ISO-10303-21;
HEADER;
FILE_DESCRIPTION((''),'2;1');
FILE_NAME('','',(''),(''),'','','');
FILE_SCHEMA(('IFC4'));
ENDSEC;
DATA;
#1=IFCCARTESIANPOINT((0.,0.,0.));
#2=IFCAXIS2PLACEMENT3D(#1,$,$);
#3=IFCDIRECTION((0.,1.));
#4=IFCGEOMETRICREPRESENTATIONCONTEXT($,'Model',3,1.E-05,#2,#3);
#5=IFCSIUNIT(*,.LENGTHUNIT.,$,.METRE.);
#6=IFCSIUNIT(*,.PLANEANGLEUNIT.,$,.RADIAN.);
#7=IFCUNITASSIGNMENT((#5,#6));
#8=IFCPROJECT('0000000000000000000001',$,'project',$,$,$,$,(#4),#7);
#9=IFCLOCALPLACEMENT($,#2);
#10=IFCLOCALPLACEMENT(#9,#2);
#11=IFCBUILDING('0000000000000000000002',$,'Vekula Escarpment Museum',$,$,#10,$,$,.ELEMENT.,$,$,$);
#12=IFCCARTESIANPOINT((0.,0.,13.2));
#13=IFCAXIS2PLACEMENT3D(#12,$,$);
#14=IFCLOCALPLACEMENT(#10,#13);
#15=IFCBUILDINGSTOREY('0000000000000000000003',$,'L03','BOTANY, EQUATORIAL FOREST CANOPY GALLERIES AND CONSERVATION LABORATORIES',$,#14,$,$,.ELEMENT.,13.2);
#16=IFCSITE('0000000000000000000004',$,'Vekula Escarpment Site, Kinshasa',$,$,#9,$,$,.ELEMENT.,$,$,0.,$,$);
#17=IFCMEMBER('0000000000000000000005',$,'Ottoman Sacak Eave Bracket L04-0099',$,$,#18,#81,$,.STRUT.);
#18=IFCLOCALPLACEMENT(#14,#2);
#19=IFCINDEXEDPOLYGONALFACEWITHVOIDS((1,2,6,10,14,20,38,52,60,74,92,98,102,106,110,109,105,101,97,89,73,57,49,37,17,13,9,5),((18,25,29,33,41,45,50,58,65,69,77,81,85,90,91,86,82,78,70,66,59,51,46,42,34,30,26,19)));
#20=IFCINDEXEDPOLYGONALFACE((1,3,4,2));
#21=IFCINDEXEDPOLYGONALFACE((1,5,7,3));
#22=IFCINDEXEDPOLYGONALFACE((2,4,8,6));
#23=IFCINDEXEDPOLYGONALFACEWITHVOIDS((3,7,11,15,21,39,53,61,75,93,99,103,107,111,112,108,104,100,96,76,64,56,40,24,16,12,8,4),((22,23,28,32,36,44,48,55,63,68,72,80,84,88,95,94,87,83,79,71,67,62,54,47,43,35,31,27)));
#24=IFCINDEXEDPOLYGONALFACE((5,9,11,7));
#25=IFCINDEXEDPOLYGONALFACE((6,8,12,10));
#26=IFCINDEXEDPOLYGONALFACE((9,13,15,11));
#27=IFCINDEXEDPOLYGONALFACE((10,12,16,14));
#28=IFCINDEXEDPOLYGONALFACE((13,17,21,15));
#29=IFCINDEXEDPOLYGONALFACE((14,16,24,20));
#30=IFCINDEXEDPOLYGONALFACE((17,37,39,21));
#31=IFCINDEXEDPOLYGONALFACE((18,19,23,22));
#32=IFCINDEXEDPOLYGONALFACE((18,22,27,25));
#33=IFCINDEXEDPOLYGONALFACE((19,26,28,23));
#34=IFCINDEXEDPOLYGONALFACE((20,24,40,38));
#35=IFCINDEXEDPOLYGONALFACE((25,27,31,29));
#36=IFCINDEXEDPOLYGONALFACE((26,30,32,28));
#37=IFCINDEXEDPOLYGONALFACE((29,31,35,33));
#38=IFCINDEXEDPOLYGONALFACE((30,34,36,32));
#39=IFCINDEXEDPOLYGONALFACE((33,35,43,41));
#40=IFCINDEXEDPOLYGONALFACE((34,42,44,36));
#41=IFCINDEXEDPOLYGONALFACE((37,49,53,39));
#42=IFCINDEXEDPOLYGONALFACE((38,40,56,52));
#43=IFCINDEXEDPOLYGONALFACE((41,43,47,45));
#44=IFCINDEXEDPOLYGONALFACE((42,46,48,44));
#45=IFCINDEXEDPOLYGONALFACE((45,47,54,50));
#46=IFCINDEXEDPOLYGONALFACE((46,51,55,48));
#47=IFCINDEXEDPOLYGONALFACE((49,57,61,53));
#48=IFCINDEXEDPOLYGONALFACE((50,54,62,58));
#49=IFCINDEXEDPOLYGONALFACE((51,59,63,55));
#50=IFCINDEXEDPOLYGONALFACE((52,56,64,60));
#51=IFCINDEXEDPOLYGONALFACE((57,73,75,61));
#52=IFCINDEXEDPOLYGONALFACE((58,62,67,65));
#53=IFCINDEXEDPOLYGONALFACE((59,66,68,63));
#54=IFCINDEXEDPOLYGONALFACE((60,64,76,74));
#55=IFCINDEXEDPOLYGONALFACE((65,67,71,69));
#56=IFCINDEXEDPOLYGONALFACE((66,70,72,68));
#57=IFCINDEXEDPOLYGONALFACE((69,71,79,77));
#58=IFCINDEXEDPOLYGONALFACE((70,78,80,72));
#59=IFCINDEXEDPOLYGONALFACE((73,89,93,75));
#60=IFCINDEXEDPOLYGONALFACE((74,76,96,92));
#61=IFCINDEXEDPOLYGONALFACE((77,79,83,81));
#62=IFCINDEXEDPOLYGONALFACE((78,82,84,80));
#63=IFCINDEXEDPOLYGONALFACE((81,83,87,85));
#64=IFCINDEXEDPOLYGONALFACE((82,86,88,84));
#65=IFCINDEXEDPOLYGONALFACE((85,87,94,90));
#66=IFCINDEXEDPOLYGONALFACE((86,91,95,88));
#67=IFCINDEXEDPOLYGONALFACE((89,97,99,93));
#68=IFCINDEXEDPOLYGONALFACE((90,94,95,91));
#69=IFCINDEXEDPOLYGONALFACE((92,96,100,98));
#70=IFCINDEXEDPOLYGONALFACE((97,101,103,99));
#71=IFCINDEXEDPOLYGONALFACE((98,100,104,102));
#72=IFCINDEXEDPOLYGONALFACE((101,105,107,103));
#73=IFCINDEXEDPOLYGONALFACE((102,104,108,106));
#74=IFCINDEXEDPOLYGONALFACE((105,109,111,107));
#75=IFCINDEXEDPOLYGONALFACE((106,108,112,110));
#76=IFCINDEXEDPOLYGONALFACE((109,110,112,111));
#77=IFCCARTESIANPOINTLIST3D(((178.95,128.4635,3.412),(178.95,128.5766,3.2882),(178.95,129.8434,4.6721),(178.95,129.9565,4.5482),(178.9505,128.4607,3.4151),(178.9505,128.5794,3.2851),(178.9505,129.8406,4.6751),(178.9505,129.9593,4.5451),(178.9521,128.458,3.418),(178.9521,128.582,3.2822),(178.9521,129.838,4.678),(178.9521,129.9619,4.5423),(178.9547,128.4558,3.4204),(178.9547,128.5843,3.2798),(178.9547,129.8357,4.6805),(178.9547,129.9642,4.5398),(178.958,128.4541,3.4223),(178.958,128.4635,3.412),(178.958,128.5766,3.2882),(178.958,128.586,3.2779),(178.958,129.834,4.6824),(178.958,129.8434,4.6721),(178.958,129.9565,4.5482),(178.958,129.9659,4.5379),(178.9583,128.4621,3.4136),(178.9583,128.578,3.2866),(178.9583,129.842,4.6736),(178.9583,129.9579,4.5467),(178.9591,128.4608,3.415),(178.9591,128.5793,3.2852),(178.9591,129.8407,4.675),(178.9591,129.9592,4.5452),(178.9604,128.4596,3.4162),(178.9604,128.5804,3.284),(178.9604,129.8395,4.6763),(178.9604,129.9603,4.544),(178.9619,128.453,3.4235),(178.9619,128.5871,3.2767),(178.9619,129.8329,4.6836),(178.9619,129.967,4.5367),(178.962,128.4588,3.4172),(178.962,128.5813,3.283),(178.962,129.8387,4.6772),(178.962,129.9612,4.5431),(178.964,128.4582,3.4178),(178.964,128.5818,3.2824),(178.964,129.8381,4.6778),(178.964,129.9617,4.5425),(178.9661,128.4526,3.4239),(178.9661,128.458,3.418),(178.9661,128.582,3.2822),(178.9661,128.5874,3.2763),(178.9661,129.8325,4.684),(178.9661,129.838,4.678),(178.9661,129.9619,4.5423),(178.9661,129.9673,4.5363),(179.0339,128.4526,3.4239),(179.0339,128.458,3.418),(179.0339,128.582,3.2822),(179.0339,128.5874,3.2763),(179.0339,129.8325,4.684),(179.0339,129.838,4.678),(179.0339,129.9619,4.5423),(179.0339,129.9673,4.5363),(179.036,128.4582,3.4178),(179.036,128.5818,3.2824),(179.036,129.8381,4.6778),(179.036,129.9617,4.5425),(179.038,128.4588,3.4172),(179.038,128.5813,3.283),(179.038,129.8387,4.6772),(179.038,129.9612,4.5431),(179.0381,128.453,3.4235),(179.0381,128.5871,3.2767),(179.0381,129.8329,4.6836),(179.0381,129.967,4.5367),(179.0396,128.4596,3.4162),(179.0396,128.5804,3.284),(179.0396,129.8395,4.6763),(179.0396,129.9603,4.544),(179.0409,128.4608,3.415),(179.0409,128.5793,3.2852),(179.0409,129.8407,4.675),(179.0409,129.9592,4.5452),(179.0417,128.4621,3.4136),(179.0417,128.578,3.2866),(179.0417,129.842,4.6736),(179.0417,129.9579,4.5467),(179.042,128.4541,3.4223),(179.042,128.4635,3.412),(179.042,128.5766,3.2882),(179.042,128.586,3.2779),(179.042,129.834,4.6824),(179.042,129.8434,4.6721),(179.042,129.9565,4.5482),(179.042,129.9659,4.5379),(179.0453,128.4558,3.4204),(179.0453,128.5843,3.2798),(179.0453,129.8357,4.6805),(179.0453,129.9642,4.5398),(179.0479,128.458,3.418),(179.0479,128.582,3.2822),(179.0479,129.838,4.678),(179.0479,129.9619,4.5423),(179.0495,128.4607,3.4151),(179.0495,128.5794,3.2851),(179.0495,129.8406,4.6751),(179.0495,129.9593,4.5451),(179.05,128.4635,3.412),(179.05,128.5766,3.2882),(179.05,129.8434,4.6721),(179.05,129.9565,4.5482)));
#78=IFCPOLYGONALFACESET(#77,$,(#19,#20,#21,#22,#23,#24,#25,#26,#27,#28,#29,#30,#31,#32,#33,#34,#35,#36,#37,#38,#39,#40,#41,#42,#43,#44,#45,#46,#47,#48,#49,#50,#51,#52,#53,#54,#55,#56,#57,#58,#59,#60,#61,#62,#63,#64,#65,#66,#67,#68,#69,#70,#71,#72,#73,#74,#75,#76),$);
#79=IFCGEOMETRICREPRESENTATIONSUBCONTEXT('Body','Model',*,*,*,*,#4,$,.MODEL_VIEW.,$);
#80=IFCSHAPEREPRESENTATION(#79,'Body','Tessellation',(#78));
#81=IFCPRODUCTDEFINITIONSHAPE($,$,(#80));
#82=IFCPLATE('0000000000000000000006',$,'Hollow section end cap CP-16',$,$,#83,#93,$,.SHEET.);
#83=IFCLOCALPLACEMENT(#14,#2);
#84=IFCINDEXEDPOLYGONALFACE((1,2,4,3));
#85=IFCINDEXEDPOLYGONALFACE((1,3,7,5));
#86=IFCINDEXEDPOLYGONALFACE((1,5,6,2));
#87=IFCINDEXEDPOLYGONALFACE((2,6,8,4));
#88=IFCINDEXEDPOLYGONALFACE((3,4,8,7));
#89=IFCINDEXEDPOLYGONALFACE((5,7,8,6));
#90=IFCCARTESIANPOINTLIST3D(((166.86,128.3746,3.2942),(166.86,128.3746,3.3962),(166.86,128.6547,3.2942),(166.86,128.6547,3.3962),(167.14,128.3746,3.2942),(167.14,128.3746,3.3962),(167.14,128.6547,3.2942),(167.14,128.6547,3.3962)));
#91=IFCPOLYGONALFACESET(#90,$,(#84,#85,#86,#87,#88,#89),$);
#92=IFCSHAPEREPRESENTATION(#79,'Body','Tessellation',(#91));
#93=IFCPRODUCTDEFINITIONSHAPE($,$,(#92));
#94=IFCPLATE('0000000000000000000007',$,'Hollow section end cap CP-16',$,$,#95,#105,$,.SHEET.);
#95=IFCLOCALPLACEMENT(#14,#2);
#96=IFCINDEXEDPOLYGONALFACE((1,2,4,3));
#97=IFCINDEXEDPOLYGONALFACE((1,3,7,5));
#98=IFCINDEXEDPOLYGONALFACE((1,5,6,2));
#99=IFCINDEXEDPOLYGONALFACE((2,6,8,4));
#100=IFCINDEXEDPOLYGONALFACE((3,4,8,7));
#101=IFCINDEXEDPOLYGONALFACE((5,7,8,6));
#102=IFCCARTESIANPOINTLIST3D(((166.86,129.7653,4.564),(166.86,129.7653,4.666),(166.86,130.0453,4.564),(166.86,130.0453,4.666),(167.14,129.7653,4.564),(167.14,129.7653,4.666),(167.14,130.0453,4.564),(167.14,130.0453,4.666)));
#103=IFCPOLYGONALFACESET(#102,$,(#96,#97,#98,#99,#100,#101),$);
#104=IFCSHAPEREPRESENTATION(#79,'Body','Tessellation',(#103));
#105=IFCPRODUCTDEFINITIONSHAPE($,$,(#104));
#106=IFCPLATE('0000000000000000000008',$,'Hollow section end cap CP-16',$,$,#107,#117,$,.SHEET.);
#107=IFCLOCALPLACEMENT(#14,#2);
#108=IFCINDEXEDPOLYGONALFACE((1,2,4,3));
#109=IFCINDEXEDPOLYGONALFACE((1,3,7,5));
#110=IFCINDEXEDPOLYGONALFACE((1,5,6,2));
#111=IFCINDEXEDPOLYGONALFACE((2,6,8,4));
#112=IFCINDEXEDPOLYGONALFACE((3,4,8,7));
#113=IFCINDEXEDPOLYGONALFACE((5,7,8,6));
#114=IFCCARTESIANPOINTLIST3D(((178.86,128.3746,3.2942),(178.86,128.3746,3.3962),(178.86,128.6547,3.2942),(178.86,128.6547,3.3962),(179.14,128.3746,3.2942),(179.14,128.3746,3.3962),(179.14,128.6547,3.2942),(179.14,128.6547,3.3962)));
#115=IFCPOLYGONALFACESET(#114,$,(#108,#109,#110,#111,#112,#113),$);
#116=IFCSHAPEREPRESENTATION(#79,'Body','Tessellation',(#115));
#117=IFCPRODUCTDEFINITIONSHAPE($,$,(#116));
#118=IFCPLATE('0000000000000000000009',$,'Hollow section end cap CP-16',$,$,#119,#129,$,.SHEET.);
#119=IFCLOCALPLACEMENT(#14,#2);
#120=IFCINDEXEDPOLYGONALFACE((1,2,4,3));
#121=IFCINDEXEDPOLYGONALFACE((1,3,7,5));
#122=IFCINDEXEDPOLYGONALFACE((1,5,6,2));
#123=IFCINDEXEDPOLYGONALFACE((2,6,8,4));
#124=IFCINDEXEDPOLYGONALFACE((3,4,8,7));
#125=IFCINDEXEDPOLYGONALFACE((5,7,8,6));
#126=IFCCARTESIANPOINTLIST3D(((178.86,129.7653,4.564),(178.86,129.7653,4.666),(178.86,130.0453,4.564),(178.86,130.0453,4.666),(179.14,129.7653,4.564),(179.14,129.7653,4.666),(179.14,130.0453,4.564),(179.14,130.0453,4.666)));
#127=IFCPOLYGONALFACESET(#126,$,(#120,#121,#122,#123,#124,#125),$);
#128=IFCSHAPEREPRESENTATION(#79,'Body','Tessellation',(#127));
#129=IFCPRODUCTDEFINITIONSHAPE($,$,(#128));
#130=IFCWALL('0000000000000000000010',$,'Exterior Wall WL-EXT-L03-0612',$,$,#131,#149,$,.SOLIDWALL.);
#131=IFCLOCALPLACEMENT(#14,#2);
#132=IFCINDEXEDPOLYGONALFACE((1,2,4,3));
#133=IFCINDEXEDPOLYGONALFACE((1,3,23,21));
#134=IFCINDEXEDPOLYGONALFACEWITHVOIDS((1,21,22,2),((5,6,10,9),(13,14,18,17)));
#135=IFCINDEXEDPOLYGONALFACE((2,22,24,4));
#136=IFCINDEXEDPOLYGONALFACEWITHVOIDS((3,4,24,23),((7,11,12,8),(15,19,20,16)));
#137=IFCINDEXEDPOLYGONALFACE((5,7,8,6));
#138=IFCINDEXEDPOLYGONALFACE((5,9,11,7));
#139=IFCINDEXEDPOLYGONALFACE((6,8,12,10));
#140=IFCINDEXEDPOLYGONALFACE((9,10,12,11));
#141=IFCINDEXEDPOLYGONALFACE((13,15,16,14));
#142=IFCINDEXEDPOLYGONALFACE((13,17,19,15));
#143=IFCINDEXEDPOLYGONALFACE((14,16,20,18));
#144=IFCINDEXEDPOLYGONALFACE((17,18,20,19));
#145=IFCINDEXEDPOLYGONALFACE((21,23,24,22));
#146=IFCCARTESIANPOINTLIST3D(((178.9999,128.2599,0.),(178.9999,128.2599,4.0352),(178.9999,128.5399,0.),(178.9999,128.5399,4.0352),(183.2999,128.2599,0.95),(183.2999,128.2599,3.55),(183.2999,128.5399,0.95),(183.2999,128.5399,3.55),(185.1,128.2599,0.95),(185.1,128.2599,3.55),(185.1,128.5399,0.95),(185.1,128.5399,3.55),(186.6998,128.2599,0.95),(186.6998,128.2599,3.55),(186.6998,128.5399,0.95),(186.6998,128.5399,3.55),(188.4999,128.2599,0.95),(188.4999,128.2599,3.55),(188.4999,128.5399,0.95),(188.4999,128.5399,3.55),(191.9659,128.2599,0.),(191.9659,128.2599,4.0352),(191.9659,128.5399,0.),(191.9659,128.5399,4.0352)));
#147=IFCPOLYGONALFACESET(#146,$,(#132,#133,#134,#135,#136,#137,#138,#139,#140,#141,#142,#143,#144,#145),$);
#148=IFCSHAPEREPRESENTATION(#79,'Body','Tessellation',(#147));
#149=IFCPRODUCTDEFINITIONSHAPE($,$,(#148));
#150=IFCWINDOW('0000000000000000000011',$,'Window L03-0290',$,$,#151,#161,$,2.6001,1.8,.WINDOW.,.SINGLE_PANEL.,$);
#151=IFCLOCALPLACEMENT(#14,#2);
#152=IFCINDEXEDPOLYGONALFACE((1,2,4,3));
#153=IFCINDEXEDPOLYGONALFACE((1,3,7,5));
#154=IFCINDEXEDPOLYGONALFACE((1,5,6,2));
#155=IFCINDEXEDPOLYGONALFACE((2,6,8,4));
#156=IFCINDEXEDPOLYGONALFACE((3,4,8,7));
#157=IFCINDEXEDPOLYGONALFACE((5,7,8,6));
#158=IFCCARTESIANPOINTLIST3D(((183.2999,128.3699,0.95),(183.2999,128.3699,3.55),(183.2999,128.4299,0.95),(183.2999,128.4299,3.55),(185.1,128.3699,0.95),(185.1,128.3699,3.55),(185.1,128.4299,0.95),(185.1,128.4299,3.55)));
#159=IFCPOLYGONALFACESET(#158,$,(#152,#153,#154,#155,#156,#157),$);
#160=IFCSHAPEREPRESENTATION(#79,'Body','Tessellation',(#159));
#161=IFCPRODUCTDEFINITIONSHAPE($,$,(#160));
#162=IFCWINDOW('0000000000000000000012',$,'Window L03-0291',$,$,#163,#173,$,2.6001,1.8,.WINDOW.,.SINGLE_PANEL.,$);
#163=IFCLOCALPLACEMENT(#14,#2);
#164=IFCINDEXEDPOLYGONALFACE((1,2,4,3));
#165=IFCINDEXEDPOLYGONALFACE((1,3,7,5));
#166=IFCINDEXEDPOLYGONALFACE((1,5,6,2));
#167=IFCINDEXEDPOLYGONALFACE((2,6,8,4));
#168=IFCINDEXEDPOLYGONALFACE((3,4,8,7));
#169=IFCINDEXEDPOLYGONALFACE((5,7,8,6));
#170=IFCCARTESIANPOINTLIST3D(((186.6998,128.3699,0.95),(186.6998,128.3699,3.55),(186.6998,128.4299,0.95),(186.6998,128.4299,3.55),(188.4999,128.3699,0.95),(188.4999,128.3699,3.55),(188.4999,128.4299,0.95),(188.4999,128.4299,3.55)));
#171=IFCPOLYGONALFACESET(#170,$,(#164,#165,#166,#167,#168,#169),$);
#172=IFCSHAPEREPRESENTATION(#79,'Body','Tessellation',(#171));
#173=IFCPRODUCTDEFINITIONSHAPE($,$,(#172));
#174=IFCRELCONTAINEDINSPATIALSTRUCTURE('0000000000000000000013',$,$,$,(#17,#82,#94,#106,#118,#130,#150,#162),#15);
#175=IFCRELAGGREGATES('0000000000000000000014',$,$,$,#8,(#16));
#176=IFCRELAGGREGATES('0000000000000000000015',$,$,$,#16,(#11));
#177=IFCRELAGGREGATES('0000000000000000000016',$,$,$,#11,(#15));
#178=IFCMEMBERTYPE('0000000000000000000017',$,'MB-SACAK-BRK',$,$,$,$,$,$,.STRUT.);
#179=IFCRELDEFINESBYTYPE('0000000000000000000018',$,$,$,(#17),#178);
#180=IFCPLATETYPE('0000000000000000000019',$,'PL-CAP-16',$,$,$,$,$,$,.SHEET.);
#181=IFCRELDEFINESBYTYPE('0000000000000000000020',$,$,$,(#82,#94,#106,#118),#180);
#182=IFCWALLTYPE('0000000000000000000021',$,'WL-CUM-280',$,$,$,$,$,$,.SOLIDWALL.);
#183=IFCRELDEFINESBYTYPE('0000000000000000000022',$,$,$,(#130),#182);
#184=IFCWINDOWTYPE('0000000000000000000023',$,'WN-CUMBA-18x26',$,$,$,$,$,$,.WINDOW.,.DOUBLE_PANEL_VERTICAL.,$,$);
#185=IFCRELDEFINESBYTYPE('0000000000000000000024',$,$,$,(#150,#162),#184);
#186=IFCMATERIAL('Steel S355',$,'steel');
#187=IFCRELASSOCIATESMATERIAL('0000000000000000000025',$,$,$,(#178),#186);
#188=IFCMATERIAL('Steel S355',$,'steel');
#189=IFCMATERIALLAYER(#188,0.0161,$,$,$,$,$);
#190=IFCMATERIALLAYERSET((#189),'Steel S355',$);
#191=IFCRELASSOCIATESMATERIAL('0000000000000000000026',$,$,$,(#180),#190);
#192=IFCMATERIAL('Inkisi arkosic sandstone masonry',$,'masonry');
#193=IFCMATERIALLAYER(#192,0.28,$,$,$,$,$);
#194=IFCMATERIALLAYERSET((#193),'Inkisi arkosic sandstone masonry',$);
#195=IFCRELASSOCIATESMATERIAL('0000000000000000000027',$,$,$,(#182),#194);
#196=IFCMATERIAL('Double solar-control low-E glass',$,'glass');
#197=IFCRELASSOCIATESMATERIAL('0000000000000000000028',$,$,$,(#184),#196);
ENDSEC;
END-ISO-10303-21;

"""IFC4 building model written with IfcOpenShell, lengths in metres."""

from ifc_helpers import new_model, si_unit, direction, frame, frame_2d, origin, origin_2d, place, context, subcontext, project, spatial, rectangle, hollow_rectangle, extrude, material, layer, layer_set, material_profile, profile_set, type_object, element, fill, save


model = new_model("IFC4")

# Units and contexts
model_context = context("Model", 3, precision=1e-05, world=origin(), true_north=direction((0.0, 1.0)))
body_context = subcontext(model_context, "Body", "Model", "MODEL_VIEW")
ifc_project = project(units=[si_unit("LENGTHUNIT", "METRE"), si_unit("PLANEANGLEUNIT", "RADIAN")], contexts=[model_context])

# Site, building, storey
site_placement = place(None, origin())
site = spatial("IfcSite", under=ifc_project, at=site_placement, Name="Vekula Escarpment Site, Kinshasa", CompositionType="ELEMENT", RefElevation=0.0)
building_placement = place(site_placement, origin())
building = spatial("IfcBuilding", under=site, at=building_placement, Name="Vekula Escarpment Museum", CompositionType="ELEMENT")
storey_placement = place(building_placement, frame((0.0, 0.0, 13.2)))
storey = spatial("IfcBuildingStorey", under=building, at=storey_placement, Name="L03", Description="BOTANY, EQUATORIAL FOREST CANOPY GALLERIES AND CONSERVATION LABORATORIES", CompositionType="ELEMENT", Elevation=13.2)

# Member
ifc_material_1 = material(Name="Steel S355", Category="steel")
ifc_material_profile_1 = material_profile(ifc_material_1, hollow_rectangle(XDim=0.1001, YDim=0.2, WallThickness=0.0081, InnerFilletRadius=0.0081, OuterFilletRadius=0.0161, at=origin_2d()), Name="RHS 200x100x8")
ifc_profile_set_1 = profile_set([ifc_material_profile_1], Name="Steel S355")
member_type = type_object("IfcMemberType", Name="MB-SACAK-BRK", PredefinedType="STRUT", material=ifc_profile_set_1)
for number, where, z_axis, x_axis, name in (
    (1, (179.0, 128.52, 3.3501), (0.0, 0.738454, 0.674303), (-1.0, 0.0, 0.0), "Ottoman Sacak Eave Bracket L04-0099"),
):
    element("IfcMember", number, at=place(storey_placement, frame(where, z_axis=z_axis, x_axis=x_axis)), inside=storey, type_object=member_type, Name=name, PredefinedType="STRUT", context=body_context, shape_type="SweptSolid", body=[
        extrude(hollow_rectangle(XDim=0.1001, YDim=0.2, WallThickness=0.0081, InnerFilletRadius=0.0081, OuterFilletRadius=0.0161, at=origin_2d()), origin(), (0.0, 0.0, 1.0), 1.8687),
    ])

# Plates
ifc_material_2 = material(Name="Steel S355", Category="steel")
ifc_layer_1 = layer(ifc_material_2, 0.0161)
ifc_layer_set_1 = layer_set([ifc_layer_1], Name="Steel S355")
plate_type = type_object("IfcPlateType", Name="PL-CAP-16", PredefinedType="SHEET", material=ifc_layer_set_1)
for number, where, z_axis, x_axis, name in (
    (2, (167.0, 128.5146, 3.2942), (0.0, 0.0, 1.0), (1.0, 0.0, 0.0), "Hollow section end cap CP-16"),
    (3, (167.0, 129.9053, 4.564), (0.0, 0.0, 1.0), (1.0, 0.0, 0.0), "Hollow section end cap CP-16"),
    (4, (179.0, 128.5146, 3.2942), (0.0, 0.0, 1.0), (1.0, 0.0, 0.0), "Hollow section end cap CP-16"),
    (5, (179.0, 129.9053, 4.564), (0.0, 0.0, 1.0), (1.0, 0.0, 0.0), "Hollow section end cap CP-16"),
):
    element("IfcPlate", number, at=place(storey_placement, frame(where, z_axis=z_axis, x_axis=x_axis)), inside=storey, type_object=plate_type, Name=name, PredefinedType="SHEET", context=body_context, shape_type="SweptSolid", body=[
        extrude(rectangle(XDim=0.28, YDim=0.28, at=origin_2d()), origin(), (0.0, 0.0, 1.0), 0.1021),
    ])

# Wall, openings, windows
ifc_material_3 = material(Name="Inkisi arkosic sandstone masonry", Category="masonry")
ifc_layer_2 = layer(ifc_material_3, 0.28)
ifc_layer_set_2 = layer_set([ifc_layer_2], Name="Inkisi arkosic sandstone masonry")
wall_type = type_object("IfcWallType", Name="WL-CUM-280", PredefinedType="SOLIDWALL", material=ifc_layer_set_2)
wall_1_placement = place(storey_placement, frame((179.0, 128.3999, 0.0), z_axis=(0.0, 0.0, 1.0), x_axis=(1.0, 0.0, 0.0)))
wall_1 = element("IfcWall", 6, at=wall_1_placement, inside=storey, type_object=wall_type, Name="Exterior Wall WL-EXT-L03-0612", PredefinedType="SOLIDWALL", context=body_context, shape_type="SweptSolid", body=[
    extrude(rectangle(XDim=12.9661, YDim=0.28, at=frame_2d((6.4829, 0.0))), origin(), (0.0, 0.0, 1.0), 4.0352),
])
opening_1_placement = place(wall_1_placement, frame((4.3, 0.0, 0.95)))
opening_1 = element("IfcOpeningElement", 7, at=opening_1_placement, cuts=wall_1, PredefinedType="OPENING", context=body_context, shape_type="SweptSolid", body=[
    extrude(rectangle(XDim=1.8, YDim=2.6001, at=frame_2d((0.8999, 1.3))), frame((0.0, 0.1499, 0.0), z_axis=(0.0, -1.0, 0.0), x_axis=(1.0, 0.0, 0.0)), (0.0, 0.0, 1.0), 0.3),
])
opening_2_placement = place(wall_1_placement, frame((7.7, 0.0, 0.95)))
opening_2 = element("IfcOpeningElement", 8, at=opening_2_placement, cuts=wall_1, PredefinedType="OPENING", context=body_context, shape_type="SweptSolid", body=[
    extrude(rectangle(XDim=1.8, YDim=2.6001, at=frame_2d((0.8999, 1.3))), frame((0.0, 0.1499, 0.0), z_axis=(0.0, -1.0, 0.0), x_axis=(1.0, 0.0, 0.0)), (0.0, 0.0, 1.0), 0.3),
])
ifc_material_4 = material(Name="Double solar-control low-E glass", Category="glass")
window_type_1 = type_object("IfcWindowType", Name="WN-CUMBA-18x26", PartitioningType="DOUBLE_PANEL_VERTICAL", PredefinedType="WINDOW", material=ifc_material_4)
window_1_placement = place(opening_1_placement, origin())
window_1 = element("IfcWindow", 9, at=window_1_placement, inside=storey, type_object=window_type_1, Name="Window L03-0290", OverallHeight=2.6001, OverallWidth=1.8, PartitioningType="SINGLE_PANEL", PredefinedType="WINDOW", context=body_context, shape_type="SweptSolid", body=[
    extrude(rectangle(XDim=1.8, YDim=2.6001, at=frame_2d((0.8999, 1.3))), frame((0.0, 0.03, 0.0), z_axis=(0.0, -1.0, 0.0), x_axis=(1.0, 0.0, 0.0)), (0.0, 0.0, 1.0), 0.0601),
])
fill(opening_1, window_1)
window_2_placement = place(opening_2_placement, origin())
window_2 = element("IfcWindow", 10, at=window_2_placement, inside=storey, type_object=window_type_1, Name="Window L03-0291", OverallHeight=2.6001, OverallWidth=1.8, PartitioningType="SINGLE_PANEL", PredefinedType="WINDOW", context=body_context, shape_type="SweptSolid", body=[
    extrude(rectangle(XDim=1.8, YDim=2.6001, at=frame_2d((0.8999, 1.3))), frame((0.0, 0.03, 0.0), z_axis=(0.0, -1.0, 0.0), x_axis=(1.0, 0.0, 0.0)), (0.0, 0.0, 1.0), 0.0601),
])
fill(opening_2, window_2)

save(model, "model.ifc")
